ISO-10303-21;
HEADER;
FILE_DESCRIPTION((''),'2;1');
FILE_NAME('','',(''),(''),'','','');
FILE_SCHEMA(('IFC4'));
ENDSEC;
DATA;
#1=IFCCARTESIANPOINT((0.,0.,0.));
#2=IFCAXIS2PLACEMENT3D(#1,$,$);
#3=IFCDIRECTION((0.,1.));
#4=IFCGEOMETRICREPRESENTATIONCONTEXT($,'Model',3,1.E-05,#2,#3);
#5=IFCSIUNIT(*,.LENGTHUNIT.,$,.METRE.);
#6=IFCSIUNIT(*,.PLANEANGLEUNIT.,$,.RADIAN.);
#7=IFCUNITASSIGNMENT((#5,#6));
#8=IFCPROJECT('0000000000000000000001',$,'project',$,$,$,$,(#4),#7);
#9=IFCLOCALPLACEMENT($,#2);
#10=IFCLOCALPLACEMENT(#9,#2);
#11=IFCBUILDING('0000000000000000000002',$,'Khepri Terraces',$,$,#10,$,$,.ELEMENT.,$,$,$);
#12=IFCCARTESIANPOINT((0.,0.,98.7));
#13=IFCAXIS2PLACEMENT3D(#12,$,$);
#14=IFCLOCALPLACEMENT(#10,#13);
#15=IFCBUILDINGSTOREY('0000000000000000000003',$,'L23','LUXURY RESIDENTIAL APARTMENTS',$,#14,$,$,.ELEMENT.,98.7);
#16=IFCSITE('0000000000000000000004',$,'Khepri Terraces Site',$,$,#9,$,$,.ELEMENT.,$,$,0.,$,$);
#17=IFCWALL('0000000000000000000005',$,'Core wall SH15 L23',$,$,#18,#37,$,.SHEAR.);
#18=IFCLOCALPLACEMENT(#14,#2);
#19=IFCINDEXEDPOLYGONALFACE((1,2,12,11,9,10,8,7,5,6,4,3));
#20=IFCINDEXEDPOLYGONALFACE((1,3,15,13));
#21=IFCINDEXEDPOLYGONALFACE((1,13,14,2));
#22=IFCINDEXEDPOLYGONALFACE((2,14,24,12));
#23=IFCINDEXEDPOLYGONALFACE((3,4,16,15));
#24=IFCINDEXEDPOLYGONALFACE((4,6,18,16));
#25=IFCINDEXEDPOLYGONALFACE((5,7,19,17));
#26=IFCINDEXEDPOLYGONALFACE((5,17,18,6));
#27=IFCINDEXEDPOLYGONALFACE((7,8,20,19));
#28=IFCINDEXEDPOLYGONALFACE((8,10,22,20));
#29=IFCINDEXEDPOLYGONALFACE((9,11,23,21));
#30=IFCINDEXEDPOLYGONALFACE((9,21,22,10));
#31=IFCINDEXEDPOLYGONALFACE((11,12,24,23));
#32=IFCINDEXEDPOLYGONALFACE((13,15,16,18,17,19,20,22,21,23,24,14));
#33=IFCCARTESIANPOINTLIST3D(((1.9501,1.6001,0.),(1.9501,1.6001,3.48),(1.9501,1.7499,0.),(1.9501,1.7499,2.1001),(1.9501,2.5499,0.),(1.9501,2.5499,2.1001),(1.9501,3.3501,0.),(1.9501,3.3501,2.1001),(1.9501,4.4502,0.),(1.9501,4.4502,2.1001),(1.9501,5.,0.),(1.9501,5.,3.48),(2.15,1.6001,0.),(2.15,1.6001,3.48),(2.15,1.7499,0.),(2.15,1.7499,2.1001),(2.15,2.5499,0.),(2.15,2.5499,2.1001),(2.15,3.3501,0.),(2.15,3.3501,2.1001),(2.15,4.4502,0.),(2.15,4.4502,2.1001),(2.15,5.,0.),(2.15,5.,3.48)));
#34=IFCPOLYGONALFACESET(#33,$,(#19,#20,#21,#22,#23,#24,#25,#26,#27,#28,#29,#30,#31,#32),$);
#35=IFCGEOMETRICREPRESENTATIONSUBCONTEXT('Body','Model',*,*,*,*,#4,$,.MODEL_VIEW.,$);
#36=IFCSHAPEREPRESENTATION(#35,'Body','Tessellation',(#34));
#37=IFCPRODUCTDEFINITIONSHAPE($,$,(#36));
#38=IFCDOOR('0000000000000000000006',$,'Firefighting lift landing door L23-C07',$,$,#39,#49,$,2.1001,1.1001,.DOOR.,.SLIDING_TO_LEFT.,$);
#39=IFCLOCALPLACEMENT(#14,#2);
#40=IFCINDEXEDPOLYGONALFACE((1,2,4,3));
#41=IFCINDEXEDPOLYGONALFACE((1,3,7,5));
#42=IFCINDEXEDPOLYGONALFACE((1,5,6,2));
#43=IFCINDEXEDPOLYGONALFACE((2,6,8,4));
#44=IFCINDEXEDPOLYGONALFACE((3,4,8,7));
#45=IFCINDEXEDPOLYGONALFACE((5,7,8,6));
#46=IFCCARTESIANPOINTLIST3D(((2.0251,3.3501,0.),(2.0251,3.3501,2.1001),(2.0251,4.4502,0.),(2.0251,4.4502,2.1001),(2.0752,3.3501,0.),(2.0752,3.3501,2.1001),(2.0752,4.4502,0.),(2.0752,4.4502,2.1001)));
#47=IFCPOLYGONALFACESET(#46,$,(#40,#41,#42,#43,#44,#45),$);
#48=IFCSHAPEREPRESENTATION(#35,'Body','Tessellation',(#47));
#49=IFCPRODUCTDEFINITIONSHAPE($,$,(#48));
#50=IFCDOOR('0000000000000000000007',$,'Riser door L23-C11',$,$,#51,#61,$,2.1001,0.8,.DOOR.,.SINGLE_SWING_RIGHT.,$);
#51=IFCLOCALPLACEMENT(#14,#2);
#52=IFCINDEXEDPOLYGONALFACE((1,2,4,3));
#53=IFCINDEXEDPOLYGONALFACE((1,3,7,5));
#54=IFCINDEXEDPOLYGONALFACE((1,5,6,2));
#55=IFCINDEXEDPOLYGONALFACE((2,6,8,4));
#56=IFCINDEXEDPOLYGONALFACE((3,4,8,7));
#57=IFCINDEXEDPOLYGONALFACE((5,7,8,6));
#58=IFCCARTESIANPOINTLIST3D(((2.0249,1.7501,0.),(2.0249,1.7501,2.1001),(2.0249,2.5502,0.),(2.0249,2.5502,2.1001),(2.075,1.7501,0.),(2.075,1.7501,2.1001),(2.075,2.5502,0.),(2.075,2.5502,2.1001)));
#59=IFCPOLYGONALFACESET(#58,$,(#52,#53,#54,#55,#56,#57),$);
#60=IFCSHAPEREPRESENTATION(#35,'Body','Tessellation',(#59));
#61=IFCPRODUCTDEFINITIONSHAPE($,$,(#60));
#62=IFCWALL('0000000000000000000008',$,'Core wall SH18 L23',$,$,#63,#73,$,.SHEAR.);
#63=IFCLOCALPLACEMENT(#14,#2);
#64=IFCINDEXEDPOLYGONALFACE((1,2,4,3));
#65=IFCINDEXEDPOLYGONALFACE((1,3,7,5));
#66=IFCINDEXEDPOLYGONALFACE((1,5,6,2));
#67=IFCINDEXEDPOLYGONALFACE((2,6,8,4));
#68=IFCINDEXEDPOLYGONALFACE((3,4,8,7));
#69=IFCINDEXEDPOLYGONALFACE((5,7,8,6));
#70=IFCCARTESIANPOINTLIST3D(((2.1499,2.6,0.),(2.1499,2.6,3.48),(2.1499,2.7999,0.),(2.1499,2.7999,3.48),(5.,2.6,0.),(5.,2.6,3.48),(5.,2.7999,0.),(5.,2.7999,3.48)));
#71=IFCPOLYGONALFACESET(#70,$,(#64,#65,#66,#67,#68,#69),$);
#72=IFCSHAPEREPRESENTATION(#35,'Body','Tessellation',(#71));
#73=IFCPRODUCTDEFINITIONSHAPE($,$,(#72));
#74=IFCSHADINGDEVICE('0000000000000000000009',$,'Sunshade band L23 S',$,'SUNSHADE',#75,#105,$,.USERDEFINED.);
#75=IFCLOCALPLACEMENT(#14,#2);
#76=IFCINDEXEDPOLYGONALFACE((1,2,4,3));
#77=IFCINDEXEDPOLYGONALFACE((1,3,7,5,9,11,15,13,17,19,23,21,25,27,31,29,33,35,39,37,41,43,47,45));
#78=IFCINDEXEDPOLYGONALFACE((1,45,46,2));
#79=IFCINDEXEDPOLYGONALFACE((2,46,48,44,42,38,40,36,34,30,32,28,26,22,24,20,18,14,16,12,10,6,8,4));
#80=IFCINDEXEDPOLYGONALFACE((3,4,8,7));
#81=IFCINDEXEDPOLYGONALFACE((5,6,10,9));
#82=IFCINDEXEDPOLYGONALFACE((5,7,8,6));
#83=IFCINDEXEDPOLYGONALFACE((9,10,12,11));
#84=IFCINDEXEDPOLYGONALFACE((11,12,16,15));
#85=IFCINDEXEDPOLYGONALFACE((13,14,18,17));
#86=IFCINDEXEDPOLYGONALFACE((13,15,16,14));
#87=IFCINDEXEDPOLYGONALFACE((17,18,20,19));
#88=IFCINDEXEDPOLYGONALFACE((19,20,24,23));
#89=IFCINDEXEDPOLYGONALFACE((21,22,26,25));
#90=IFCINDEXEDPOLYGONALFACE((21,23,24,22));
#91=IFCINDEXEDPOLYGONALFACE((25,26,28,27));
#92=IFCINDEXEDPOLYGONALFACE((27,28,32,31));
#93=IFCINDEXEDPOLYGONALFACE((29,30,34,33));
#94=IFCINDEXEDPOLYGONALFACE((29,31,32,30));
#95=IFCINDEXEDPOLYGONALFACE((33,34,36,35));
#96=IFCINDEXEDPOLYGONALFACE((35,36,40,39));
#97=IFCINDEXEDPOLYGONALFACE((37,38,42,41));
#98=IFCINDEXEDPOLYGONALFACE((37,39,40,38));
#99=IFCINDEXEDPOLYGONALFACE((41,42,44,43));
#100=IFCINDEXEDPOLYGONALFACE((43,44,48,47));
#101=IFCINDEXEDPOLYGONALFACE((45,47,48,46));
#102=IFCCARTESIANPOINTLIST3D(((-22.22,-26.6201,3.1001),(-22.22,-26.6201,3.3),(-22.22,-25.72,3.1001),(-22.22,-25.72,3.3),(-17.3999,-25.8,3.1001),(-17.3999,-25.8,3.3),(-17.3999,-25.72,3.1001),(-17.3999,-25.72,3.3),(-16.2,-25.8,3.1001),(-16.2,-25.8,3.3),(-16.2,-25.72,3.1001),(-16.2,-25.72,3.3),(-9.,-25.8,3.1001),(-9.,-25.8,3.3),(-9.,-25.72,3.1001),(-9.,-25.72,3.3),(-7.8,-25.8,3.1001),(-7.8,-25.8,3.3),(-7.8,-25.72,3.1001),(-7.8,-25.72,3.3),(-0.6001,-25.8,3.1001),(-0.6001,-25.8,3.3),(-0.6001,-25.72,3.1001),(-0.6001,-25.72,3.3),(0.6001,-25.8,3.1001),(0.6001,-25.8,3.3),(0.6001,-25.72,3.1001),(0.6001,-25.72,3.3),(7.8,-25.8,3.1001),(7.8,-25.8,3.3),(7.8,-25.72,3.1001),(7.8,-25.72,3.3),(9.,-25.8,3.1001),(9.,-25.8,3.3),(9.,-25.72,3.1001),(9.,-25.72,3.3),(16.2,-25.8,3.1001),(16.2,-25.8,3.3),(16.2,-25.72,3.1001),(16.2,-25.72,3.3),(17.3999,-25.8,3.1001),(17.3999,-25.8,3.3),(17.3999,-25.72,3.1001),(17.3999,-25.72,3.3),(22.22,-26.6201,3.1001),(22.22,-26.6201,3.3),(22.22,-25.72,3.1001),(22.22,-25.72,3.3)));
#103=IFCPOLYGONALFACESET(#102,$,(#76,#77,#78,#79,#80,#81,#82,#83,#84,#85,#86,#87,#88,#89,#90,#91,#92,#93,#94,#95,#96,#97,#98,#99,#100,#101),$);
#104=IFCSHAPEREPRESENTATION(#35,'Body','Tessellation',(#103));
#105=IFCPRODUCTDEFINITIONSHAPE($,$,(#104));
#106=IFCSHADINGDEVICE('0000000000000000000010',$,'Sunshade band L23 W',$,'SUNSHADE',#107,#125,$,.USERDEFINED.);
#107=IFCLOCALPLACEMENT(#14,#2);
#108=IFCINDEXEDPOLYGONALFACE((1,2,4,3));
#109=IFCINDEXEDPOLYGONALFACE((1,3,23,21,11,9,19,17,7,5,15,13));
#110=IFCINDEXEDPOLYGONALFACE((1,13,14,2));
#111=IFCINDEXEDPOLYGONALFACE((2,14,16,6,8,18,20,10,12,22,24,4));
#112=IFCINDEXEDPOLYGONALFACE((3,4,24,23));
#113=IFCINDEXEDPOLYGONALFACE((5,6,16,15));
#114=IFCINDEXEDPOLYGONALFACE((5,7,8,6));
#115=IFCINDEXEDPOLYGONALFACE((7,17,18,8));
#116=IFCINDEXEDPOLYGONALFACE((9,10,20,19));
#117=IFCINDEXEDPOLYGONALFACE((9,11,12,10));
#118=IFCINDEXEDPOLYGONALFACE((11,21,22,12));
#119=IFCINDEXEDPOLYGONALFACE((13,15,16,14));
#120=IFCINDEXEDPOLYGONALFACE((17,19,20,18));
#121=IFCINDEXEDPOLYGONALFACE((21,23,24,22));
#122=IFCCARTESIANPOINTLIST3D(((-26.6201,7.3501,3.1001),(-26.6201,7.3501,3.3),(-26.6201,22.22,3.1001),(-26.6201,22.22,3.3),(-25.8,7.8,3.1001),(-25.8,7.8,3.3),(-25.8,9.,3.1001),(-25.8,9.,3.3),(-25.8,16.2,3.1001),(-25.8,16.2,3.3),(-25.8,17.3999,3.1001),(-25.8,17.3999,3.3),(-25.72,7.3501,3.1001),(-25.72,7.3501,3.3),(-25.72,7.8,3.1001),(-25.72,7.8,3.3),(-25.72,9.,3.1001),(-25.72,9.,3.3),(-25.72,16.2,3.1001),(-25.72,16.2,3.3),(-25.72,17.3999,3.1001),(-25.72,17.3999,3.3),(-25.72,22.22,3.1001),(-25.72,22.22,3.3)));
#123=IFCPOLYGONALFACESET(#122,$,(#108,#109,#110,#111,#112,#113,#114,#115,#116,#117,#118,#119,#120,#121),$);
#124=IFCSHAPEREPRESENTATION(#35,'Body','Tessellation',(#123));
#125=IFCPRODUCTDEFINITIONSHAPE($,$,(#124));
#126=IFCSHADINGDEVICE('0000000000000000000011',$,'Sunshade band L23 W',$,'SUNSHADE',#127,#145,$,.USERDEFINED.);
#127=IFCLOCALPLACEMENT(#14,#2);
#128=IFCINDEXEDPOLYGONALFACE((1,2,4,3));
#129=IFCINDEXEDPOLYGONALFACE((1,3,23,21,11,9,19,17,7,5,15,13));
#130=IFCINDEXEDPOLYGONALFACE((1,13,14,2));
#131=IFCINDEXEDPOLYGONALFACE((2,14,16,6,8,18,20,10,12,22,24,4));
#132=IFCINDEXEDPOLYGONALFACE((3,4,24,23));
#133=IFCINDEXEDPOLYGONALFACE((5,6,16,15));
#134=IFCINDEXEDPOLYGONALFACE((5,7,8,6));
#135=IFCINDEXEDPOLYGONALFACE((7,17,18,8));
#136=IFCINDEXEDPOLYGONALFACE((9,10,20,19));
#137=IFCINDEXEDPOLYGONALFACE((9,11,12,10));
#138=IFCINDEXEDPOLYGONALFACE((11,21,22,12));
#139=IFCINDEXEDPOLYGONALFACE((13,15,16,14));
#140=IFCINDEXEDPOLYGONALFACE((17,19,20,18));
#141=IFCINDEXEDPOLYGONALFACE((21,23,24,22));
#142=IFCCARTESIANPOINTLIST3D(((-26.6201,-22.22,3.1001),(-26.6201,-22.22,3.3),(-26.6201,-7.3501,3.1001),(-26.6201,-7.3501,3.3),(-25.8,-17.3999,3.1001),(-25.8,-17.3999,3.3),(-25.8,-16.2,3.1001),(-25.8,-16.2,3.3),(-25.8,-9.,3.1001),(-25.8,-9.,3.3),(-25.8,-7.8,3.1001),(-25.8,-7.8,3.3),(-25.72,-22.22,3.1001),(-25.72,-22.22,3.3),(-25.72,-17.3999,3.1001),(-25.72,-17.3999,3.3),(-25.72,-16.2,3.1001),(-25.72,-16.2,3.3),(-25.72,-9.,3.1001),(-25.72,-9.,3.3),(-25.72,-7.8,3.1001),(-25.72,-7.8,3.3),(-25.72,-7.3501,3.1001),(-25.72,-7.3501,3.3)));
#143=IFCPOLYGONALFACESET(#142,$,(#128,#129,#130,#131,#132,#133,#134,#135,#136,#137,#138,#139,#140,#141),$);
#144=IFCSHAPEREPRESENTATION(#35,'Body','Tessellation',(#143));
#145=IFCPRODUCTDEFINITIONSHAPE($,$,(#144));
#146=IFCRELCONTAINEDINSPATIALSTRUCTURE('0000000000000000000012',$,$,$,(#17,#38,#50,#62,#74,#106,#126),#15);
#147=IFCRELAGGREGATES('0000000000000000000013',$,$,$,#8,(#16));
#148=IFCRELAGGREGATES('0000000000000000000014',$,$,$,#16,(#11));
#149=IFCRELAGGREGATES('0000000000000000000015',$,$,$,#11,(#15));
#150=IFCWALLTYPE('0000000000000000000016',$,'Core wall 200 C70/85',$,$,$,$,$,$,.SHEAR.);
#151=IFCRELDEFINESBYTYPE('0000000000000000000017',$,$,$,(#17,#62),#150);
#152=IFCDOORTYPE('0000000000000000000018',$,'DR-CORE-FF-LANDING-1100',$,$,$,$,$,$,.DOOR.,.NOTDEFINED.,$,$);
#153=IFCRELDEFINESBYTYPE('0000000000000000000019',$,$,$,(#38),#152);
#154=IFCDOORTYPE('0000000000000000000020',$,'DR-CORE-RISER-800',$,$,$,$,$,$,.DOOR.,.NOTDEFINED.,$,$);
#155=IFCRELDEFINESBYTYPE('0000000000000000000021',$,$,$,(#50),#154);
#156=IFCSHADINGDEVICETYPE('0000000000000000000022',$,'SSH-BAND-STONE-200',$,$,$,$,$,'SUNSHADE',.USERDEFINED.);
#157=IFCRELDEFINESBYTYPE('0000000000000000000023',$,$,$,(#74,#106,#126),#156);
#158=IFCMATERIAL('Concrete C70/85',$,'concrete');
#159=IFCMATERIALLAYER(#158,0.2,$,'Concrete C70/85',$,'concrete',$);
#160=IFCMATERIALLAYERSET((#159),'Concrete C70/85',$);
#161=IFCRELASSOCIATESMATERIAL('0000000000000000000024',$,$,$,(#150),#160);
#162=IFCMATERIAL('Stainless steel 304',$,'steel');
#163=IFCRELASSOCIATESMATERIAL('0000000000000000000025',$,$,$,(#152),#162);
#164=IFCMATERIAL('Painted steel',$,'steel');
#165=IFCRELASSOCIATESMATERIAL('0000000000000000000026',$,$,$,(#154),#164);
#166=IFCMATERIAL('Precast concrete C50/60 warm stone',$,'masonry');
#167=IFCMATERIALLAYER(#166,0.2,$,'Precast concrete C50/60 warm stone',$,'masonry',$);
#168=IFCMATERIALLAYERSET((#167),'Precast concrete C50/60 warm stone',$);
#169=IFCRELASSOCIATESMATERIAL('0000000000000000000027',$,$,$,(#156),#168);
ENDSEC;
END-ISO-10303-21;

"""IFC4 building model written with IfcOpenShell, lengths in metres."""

from ifc_helpers import new_model, si_unit, direction, frame, frame_2d, origin, place, context, subcontext, project, spatial, polyline, rectangle, outline, extrude, material, layer, layer_set, type_object, element, fill, save


model = new_model("IFC4")

# Units and contexts
model_context = context("Model", 3, precision=1e-05, world=origin(), true_north=direction((0.0, 1.0)))
body_context = subcontext(model_context, "Body", "Model", "MODEL_VIEW")
ifc_project = project(units=[si_unit("LENGTHUNIT", "METRE"), si_unit("PLANEANGLEUNIT", "RADIAN")], contexts=[model_context])

# Site, building, storey
site_placement = place(None, origin())
site = spatial("IfcSite", under=ifc_project, at=site_placement, Name="Khepri Terraces Site", CompositionType="ELEMENT", RefElevation=0.0)
building_placement = place(site_placement, origin())
building = spatial("IfcBuilding", under=site, at=building_placement, Name="Khepri Terraces", CompositionType="ELEMENT")
storey_placement = place(building_placement, frame((0.0, 0.0, 98.7)))
storey = spatial("IfcBuildingStorey", under=building, at=storey_placement, Name="L23", Description="LUXURY RESIDENTIAL APARTMENTS", CompositionType="ELEMENT", Elevation=98.7)

# Shared definitions
ifc_material_1 = material(Name="Precast concrete C50/60 warm stone", Category="masonry")

# Shared definitions
ifc_material_2 = material(Name="Concrete C70/85", Category="concrete")
ifc_layer_1 = layer(ifc_material_2, 0.2, Name="Concrete C70/85", Category="concrete")
ifc_layer_set_1 = layer_set([ifc_layer_1], Name="Concrete C70/85")
wall_type = type_object("IfcWallType", Name="Core wall 200 C70/85", PredefinedType="SHEAR", material=ifc_layer_set_1)

# Shared definitions
ifc_material_3 = material(Name="Painted steel", Category="steel")

# Wall, openings, doors
wall_1_placement = place(storey_placement, frame((2.05, 1.6001, 0.0), z_axis=(0.0, 0.0, 1.0), x_axis=(0.0, 1.0, 0.0)))
wall_1 = element("IfcWall", 1, at=wall_1_placement, inside=storey, type_object=wall_type, Name="Core wall SH15 L23", PredefinedType="SHEAR", context=body_context, shape_type="SweptSolid", body=[
    extrude(rectangle(XDim=3.3999, YDim=0.2, at=frame_2d((1.7, 0.0))), origin(), (0.0, 0.0, 1.0), 3.48),
])
opening_1_placement = place(wall_1_placement, frame((1.75, 0.0, 0.0)))
opening_1 = element("IfcOpeningElement", 2, at=opening_1_placement, cuts=wall_1, PredefinedType="OPENING", context=body_context, shape_type="SweptSolid", body=[
    extrude(rectangle(XDim=1.1001, YDim=2.1001, at=frame_2d((0.55, 1.05))), frame((0.0, 0.1099, 0.0), z_axis=(0.0, -1.0, 0.0), x_axis=(1.0, 0.0, 0.0)), (0.0, 0.0, 1.0), 0.22),
])
opening_2_placement = place(wall_1_placement, frame((0.1499, 0.0, 0.0)))
opening_2 = element("IfcOpeningElement", 3, at=opening_2_placement, cuts=wall_1, PredefinedType="OPENING", context=body_context, shape_type="SweptSolid", body=[
    extrude(rectangle(XDim=0.8, YDim=2.1001, at=frame_2d((0.3999, 1.05))), frame((0.0, 0.1099, 0.0), z_axis=(0.0, -1.0, 0.0), x_axis=(1.0, 0.0, 0.0)), (0.0, 0.0, 1.0), 0.22),
])
ifc_material_4 = material(Name="Stainless steel 304", Category="steel")
door_type_1 = type_object("IfcDoorType", Name="DR-CORE-FF-LANDING-1100", OperationType="NOTDEFINED", PredefinedType="DOOR", material=ifc_material_4)
door_1_placement = place(opening_1_placement, origin())
door_1 = element("IfcDoor", 4, at=door_1_placement, inside=storey, type_object=door_type_1, Name="Firefighting lift landing door L23-C07", OperationType="SLIDING_TO_LEFT", OverallHeight=2.1001, OverallWidth=1.1001, PredefinedType="DOOR", context=body_context, shape_type="SweptSolid", body=[
    extrude(rectangle(XDim=1.1001, YDim=2.1001, at=frame_2d((0.55, 1.05))), frame((0.0, 0.0249, 0.0), z_axis=(0.0, -1.0, 0.0), x_axis=(1.0, 0.0, 0.0)), (0.0, 0.0, 1.0), 0.05),
])
fill(opening_1, door_1)
door_type_2 = type_object("IfcDoorType", Name="DR-CORE-RISER-800", OperationType="NOTDEFINED", PredefinedType="DOOR", material=ifc_material_3)
door_2_placement = place(opening_2_placement, frame((0.8, 0.0, 0.0), z_axis=(0.0, 0.0, 1.0), x_axis=(-1.0, 0.0, 0.0)))
door_2 = element("IfcDoor", 5, at=door_2_placement, inside=storey, type_object=door_type_2, Name="Riser door L23-C11", OperationType="SINGLE_SWING_RIGHT", OverallHeight=2.1001, OverallWidth=0.8, PredefinedType="DOOR", context=body_context, shape_type="SweptSolid", body=[
    extrude(rectangle(XDim=0.8, YDim=2.1001, at=frame_2d((0.3999, 1.05))), frame((0.0, 0.0249, 0.0), z_axis=(0.0, -1.0, 0.0), x_axis=(1.0, 0.0, 0.0)), (0.0, 0.0, 1.0), 0.05),
])
fill(opening_2, door_2)

# Wall
wall_2_placement = place(storey_placement, frame((2.1499, 2.7, 0.0), z_axis=(0.0, 0.0, 1.0), x_axis=(1.0, 0.0, 0.0)))
element("IfcWall", 6, at=wall_2_placement, inside=storey, type_object=wall_type, Name="Core wall SH18 L23", PredefinedType="SHEAR", context=body_context, shape_type="SweptSolid", body=[
    extrude(rectangle(XDim=2.8501, YDim=0.2, at=frame_2d((1.425, 0.0))), origin(), (0.0, 0.0, 1.0), 3.48),
])

# Shading devices
ifc_layer_2 = layer(ifc_material_1, 0.2, Name="Precast concrete C50/60 warm stone", Category="masonry")
ifc_layer_set_2 = layer_set([ifc_layer_2], Name="Precast concrete C50/60 warm stone")
shading_device_type_1 = type_object("IfcShadingDeviceType", Name="SSH-BAND-STONE-200", ElementType="SUNSHADE", PredefinedType="USERDEFINED", material=ifc_layer_set_2)
shading_device_1_placement = place(storey_placement, frame((0.0, 0.0, 3.1001)))
element("IfcShadingDevice", 7, at=shading_device_1_placement, inside=storey, type_object=shading_device_type_1, Name="Sunshade band L23 S", ObjectType="SUNSHADE", PredefinedType="USERDEFINED", context=body_context, shape_type="SweptSolid", body=[
    extrude(outline(polyline([(-17.3999, -25.72), (-22.22, -25.72), (-22.22, -26.6201), (22.22, -26.6201), (22.22, -25.72), (17.3999, -25.72), (17.3999, -25.8), (16.2, -25.8), (16.2, -25.72), (9.0, -25.72), (9.0, -25.8), (7.8, -25.8), (7.8, -25.72), (0.6001, -25.72), (0.6001, -25.8), (-0.6001, -25.8), (-0.6001, -25.72), (-7.8, -25.72), (-7.8, -25.8), (-9.0, -25.8), (-9.0, -25.72), (-16.2, -25.72), (-16.2, -25.8), (-17.3999, -25.8), (-17.3999, -25.72)])), origin(), (0.0, 0.0, 1.0), 0.2),
])
shading_device_2_placement = place(storey_placement, frame((0.0, 0.0, 3.1001)))
element("IfcShadingDevice", 8, at=shading_device_2_placement, inside=storey, type_object=shading_device_type_1, Name="Sunshade band L23 W", ObjectType="SUNSHADE", PredefinedType="USERDEFINED", context=body_context, shape_type="SweptSolid", body=[
    extrude(outline(polyline([(-25.72, 17.3999), (-25.72, 22.22), (-26.6201, 22.22), (-26.6201, 7.3501), (-25.72, 7.3501), (-25.72, 7.8), (-25.8, 7.8), (-25.8, 9.0), (-25.72, 9.0), (-25.72, 16.2), (-25.8, 16.2), (-25.8, 17.3999), (-25.72, 17.3999)])), origin(), (0.0, 0.0, 1.0), 0.2),
])
shading_device_3_placement = place(storey_placement, frame((0.0, 0.0, 3.1001)))
element("IfcShadingDevice", 9, at=shading_device_3_placement, inside=storey, type_object=shading_device_type_1, Name="Sunshade band L23 W", ObjectType="SUNSHADE", PredefinedType="USERDEFINED", context=body_context, shape_type="SweptSolid", body=[
    extrude(outline(polyline([(-25.72, -7.8), (-25.72, -7.3501), (-26.6201, -7.3501), (-26.6201, -22.22), (-25.72, -22.22), (-25.72, -17.3999), (-25.8, -17.3999), (-25.8, -16.2), (-25.72, -16.2), (-25.72, -9.0), (-25.8, -9.0), (-25.8, -7.8), (-25.72, -7.8)])), origin(), (0.0, 0.0, 1.0), 0.2),
])

save(model, "model.ifc")
